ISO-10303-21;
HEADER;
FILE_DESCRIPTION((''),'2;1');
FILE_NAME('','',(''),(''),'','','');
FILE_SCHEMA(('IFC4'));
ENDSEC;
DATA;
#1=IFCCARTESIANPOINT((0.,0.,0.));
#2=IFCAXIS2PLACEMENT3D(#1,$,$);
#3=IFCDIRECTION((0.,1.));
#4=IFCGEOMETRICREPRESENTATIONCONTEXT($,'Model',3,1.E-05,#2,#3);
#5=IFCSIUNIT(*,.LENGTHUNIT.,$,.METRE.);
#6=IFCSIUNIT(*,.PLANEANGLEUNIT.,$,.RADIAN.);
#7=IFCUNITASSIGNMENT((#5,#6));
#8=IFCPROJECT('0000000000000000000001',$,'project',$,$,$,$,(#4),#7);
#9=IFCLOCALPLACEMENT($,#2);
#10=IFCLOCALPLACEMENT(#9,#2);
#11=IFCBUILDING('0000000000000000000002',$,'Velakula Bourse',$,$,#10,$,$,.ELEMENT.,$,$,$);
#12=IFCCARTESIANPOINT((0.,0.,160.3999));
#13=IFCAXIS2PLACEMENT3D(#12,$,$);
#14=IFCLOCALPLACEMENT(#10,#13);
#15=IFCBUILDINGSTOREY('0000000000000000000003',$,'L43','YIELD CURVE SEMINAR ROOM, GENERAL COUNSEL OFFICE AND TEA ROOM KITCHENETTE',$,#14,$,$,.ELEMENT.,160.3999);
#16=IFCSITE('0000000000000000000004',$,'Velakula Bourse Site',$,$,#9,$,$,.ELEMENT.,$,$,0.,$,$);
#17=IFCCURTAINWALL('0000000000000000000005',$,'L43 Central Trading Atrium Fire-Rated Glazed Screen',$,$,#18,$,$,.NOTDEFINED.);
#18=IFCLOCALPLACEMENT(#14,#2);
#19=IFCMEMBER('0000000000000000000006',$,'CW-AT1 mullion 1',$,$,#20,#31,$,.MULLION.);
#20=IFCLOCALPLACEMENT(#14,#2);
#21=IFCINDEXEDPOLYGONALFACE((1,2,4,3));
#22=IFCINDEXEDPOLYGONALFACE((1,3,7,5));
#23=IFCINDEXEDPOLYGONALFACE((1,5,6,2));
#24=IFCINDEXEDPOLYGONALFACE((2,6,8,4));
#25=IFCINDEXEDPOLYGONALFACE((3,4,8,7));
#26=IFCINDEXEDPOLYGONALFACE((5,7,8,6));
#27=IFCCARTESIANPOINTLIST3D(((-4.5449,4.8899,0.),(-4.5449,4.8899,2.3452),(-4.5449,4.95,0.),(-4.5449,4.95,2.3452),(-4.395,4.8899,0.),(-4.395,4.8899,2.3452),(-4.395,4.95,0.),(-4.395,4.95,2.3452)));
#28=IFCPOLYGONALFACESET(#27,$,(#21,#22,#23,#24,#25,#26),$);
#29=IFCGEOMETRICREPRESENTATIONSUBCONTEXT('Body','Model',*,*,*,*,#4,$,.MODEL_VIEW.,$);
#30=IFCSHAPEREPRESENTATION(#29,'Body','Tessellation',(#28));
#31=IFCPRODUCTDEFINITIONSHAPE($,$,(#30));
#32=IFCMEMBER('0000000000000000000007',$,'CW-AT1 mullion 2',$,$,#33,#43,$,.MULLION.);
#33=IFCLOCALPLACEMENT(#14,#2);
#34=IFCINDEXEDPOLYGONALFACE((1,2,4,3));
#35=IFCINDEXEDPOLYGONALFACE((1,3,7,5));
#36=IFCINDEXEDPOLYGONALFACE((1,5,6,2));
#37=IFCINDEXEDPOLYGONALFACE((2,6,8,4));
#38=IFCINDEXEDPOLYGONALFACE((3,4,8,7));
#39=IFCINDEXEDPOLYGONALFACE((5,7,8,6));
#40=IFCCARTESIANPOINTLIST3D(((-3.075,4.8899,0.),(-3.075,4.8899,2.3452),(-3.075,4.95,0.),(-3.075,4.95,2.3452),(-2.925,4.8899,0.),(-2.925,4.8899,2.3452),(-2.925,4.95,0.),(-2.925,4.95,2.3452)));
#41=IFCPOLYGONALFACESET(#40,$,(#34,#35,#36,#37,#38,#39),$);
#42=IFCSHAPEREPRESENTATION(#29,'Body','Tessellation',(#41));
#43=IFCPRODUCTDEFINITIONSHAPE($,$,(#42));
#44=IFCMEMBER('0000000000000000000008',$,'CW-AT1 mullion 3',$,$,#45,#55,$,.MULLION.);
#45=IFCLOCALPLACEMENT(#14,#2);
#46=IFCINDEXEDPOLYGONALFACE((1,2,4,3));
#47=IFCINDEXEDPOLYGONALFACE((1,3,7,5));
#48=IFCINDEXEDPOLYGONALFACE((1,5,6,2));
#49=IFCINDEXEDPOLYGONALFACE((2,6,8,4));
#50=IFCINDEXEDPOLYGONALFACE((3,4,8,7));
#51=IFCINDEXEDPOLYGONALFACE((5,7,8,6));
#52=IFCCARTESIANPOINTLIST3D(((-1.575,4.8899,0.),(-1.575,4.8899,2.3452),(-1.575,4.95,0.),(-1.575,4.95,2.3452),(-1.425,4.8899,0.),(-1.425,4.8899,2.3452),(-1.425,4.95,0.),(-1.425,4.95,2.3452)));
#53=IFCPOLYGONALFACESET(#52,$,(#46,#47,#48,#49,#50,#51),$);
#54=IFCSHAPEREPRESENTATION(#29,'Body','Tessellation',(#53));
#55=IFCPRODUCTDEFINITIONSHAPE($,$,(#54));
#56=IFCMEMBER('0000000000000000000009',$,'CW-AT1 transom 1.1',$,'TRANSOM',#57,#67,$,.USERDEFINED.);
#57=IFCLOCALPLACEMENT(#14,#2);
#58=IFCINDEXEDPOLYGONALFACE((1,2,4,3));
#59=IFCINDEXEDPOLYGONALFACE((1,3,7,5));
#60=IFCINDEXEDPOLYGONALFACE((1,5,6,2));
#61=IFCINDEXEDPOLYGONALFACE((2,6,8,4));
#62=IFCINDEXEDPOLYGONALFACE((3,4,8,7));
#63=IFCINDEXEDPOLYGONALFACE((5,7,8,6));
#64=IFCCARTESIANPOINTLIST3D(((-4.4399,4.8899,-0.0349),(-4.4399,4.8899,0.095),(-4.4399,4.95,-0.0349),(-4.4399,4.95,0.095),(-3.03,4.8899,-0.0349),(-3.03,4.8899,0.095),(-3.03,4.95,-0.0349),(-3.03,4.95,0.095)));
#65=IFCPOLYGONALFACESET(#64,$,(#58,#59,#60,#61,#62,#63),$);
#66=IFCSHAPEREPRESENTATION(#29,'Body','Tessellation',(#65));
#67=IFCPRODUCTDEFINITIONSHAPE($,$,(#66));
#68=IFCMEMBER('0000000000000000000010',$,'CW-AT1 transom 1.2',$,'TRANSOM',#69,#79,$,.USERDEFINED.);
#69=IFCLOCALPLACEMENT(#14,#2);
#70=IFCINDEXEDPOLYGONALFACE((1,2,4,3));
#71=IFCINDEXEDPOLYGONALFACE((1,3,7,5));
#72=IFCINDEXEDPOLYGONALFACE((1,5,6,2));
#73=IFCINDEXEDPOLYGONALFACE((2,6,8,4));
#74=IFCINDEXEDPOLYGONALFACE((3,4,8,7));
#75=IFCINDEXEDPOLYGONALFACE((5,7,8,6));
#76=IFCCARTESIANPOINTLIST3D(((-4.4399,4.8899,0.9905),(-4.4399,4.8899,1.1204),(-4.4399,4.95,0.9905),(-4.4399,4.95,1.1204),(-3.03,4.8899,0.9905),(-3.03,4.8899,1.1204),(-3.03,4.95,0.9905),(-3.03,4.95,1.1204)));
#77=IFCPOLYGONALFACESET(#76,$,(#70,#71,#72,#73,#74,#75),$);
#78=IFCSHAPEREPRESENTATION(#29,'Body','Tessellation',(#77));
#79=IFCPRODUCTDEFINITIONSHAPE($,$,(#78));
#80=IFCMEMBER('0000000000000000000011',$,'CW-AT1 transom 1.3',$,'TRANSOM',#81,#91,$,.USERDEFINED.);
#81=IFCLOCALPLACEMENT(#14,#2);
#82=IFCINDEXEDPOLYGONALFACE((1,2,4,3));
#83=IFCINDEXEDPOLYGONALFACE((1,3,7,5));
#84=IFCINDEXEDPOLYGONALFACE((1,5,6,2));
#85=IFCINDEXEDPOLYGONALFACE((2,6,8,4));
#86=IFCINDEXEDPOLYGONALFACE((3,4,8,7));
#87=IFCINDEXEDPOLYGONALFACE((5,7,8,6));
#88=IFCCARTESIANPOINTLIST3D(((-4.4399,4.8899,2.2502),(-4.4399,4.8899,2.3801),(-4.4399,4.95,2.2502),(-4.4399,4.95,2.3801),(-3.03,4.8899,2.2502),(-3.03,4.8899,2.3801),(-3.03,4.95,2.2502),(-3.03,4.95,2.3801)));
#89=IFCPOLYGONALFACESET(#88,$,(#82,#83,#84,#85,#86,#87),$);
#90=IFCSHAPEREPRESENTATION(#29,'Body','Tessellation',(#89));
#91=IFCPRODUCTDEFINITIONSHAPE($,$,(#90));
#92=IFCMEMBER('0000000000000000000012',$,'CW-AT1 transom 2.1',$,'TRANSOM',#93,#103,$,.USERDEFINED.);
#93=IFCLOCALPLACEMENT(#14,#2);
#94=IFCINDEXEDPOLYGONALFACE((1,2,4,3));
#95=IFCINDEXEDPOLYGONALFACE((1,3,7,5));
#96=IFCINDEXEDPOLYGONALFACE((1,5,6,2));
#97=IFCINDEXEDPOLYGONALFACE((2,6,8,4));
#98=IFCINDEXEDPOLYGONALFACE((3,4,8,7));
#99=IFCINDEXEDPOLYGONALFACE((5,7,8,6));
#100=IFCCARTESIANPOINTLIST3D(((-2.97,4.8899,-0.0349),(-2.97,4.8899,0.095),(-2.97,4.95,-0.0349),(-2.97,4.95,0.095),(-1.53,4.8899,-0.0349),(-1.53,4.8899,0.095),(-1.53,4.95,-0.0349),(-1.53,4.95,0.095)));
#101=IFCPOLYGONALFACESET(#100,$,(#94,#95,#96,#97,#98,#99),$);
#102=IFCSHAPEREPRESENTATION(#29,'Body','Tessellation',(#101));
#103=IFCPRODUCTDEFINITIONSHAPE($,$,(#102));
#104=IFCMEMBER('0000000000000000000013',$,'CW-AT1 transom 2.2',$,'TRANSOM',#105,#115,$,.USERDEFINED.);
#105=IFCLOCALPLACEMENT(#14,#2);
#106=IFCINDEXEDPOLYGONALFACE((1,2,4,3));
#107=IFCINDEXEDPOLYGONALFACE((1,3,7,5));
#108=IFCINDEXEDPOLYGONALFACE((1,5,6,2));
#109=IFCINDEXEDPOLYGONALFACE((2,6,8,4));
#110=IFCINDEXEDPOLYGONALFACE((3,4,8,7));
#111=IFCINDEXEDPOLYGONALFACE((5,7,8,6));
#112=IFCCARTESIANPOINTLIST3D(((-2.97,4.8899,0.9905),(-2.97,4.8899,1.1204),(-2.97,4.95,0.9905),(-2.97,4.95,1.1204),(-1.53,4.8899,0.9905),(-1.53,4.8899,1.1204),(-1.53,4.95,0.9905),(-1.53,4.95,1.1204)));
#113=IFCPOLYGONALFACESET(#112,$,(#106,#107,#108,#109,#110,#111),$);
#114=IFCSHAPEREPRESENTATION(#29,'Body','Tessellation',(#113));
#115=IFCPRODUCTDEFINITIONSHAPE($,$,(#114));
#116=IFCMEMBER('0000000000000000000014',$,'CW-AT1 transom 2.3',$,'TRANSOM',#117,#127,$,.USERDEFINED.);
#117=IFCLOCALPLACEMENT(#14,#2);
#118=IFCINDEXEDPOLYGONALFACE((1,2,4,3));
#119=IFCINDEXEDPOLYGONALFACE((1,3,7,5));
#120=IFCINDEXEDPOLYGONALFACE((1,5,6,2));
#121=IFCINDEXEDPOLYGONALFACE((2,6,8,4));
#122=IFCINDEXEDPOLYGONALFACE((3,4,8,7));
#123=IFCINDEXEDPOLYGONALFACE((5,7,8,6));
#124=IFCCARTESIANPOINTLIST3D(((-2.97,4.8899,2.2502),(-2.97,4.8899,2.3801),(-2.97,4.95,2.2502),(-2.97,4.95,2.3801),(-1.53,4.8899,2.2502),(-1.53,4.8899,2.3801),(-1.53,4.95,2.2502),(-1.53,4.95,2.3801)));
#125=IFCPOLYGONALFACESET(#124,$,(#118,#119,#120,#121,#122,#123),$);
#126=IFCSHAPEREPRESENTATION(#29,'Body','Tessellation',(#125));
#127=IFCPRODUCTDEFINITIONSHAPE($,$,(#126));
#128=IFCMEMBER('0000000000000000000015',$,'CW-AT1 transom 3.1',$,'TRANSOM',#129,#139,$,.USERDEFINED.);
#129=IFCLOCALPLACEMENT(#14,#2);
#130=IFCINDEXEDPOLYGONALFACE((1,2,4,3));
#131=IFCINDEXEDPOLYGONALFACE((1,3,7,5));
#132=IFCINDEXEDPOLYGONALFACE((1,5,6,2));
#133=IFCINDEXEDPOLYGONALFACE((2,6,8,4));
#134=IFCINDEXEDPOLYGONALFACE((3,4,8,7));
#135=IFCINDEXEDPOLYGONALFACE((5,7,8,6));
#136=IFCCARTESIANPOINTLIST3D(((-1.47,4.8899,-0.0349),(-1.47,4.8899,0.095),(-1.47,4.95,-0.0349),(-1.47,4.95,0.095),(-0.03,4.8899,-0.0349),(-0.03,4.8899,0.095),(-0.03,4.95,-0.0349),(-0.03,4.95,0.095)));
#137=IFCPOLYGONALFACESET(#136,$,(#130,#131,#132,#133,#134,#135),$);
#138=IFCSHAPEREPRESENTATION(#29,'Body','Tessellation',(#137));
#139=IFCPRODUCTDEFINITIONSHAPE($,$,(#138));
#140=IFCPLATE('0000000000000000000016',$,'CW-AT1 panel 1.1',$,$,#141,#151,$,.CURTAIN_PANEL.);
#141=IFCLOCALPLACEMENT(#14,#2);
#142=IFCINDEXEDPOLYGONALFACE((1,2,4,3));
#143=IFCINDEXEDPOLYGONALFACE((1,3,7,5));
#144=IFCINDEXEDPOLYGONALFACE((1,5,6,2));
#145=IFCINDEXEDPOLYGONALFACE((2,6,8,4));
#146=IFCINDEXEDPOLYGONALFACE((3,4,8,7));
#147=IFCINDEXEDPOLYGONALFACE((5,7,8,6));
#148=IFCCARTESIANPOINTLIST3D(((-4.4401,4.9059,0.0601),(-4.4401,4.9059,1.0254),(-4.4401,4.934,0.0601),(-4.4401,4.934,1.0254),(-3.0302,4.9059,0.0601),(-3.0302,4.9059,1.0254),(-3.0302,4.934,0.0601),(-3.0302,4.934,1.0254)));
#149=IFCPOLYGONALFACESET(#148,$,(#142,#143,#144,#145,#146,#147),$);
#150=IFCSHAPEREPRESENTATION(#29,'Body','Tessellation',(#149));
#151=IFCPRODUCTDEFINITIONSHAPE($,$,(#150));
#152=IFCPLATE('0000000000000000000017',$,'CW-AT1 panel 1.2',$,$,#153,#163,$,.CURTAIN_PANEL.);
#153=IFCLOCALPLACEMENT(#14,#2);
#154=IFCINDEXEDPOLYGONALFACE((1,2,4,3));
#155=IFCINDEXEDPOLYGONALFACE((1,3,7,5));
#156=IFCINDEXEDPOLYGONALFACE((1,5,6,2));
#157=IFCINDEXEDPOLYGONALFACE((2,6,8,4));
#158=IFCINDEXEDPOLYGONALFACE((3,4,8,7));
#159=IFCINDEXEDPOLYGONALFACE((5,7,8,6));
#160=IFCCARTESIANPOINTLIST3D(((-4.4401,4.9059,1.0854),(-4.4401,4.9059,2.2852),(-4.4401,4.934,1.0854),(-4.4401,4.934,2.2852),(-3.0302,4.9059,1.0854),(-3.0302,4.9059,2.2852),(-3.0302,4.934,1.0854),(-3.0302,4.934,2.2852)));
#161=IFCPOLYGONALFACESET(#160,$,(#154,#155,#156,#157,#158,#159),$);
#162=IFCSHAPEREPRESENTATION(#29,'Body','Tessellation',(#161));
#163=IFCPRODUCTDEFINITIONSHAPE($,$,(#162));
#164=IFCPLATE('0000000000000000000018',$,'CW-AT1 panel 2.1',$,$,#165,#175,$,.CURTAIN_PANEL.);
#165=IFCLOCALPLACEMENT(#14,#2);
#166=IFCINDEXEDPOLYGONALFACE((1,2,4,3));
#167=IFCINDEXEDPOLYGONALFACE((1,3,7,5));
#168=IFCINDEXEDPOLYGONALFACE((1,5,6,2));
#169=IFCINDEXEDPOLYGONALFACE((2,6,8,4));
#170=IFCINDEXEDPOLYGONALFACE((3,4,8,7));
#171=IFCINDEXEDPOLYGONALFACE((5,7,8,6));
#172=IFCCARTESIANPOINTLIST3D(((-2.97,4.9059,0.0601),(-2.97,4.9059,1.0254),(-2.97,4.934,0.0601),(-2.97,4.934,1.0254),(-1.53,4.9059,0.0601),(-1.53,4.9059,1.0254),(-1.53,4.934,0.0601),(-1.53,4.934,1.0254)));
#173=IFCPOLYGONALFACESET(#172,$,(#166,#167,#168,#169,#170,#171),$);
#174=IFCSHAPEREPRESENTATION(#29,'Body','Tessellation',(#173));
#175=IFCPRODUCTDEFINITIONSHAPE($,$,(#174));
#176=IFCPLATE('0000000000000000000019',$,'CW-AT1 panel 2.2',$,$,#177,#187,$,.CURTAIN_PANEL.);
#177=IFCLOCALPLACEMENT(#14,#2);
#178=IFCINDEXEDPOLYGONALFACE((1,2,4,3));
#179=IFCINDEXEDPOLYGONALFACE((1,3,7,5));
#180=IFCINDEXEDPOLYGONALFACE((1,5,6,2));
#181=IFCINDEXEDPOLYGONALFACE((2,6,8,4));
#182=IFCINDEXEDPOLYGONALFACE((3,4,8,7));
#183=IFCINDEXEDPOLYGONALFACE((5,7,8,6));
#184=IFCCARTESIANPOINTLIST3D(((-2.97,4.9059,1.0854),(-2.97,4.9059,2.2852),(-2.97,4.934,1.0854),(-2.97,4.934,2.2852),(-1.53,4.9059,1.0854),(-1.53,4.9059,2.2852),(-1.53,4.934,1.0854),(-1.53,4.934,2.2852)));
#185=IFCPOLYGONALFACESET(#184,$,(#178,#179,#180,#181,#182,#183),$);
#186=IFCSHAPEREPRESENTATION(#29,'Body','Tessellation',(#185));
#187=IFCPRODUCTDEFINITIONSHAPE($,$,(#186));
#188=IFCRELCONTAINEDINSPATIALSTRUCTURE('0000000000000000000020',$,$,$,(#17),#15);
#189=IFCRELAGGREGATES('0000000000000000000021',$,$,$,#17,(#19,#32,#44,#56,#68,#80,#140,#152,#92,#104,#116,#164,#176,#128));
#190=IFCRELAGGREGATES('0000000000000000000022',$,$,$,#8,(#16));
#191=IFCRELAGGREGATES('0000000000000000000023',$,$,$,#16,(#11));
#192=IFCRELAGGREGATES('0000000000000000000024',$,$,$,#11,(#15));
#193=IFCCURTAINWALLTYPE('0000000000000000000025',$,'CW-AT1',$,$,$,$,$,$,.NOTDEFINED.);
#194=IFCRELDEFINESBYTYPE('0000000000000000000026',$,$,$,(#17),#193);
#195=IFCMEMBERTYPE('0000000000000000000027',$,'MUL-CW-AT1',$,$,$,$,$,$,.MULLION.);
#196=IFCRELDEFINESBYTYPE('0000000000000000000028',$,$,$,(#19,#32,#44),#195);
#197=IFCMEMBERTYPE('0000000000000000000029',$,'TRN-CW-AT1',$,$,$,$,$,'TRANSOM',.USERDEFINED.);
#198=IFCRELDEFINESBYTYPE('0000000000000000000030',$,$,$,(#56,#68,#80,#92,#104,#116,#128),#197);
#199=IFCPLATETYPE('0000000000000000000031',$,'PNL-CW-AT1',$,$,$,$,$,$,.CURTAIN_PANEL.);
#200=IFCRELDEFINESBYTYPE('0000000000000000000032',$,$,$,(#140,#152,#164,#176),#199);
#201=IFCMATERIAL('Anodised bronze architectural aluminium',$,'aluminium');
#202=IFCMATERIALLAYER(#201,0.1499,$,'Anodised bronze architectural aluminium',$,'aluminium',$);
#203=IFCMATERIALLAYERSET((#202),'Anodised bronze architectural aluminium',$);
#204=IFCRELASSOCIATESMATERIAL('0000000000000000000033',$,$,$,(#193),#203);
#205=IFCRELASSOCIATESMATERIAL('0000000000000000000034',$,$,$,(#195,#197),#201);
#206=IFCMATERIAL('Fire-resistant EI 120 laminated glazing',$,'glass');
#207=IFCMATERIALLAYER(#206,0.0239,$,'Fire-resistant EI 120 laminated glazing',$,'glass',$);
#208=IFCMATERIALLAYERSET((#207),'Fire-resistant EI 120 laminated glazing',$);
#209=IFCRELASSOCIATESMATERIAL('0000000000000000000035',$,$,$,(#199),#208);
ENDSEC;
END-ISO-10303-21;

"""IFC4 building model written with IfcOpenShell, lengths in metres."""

from ifc_helpers import new_model, si_unit, direction, frame, origin, origin_2d, place, context, subcontext, project, spatial, rectangle, extrude, material, layer, layer_set, material_profile, profile_set, type_object, element, aggregate, save


model = new_model("IFC4")

# Units and contexts
model_context = context("Model", 3, precision=1e-05, world=origin(), true_north=direction((0.0, 1.0)))
body_context = subcontext(model_context, "Body", "Model", "MODEL_VIEW")
ifc_project = project(units=[si_unit("LENGTHUNIT", "METRE"), si_unit("PLANEANGLEUNIT", "RADIAN")], contexts=[model_context])

# Site, building, storey
site_placement = place(None, origin())
site = spatial("IfcSite", under=ifc_project, at=site_placement, Name="Velakula Bourse Site", CompositionType="ELEMENT", RefElevation=0.0)
building_placement = place(site_placement, origin())
building = spatial("IfcBuilding", under=site, at=building_placement, Name="Velakula Bourse", CompositionType="ELEMENT")
storey_placement = place(building_placement, frame((0.0, 0.0, 160.3999)))
storey = spatial("IfcBuildingStorey", under=building, at=storey_placement, Name="L43", Description="YIELD CURVE SEMINAR ROOM, GENERAL COUNSEL OFFICE AND TEA ROOM KITCHENETTE", CompositionType="ELEMENT", Elevation=160.3999)

# Curtain wall, members, plates
ifc_material_1 = material(Name="Anodised bronze architectural aluminium", Category="aluminium")
ifc_layer_1 = layer(ifc_material_1, 0.1499, Name="Anodised bronze architectural aluminium", Category="aluminium")
ifc_layer_set_1 = layer_set([ifc_layer_1], Name="Anodised bronze architectural aluminium")
curtain_wall_type = type_object("IfcCurtainWallType", Name="CW-AT1", PredefinedType="NOTDEFINED", material=ifc_layer_set_1)
curtain_wall_placement = place(storey_placement, origin())
curtain_wall = element("IfcCurtainWall", 1, at=curtain_wall_placement, inside=storey, type_object=curtain_wall_type, Name="L43 Central Trading Atrium Fire-Rated Glazed Screen", PredefinedType="NOTDEFINED")
ifc_material_profile_1 = material_profile(ifc_material_1, rectangle(XDim=0.0601, YDim=0.1499, at=origin_2d()), Name="Anodised bronze architectural aluminium")
ifc_profile_set_1 = profile_set([ifc_material_profile_1], Name="Anodised bronze architectural aluminium")
member_type_1 = type_object("IfcMemberType", Name="MUL-CW-AT1", PredefinedType="MULLION", material=ifc_profile_set_1)
member_1_placement = place(storey_placement, frame((-4.47, 4.9199, 0.0), z_axis=(0.0, 0.0, 1.0), x_axis=(0.0, 1.0, 0.0)))
member_1 = element("IfcMember", 2, at=member_1_placement, type_object=member_type_1, Name="CW-AT1 mullion 1", PredefinedType="MULLION", context=body_context, shape_type="SweptSolid", body=[
    extrude(rectangle(XDim=0.0601, YDim=0.1499, at=origin_2d()), origin(), (0.0, 0.0, 1.0), 2.3452),
])
member_2_placement = place(storey_placement, frame((-3.0, 4.9199, 0.0), z_axis=(0.0, 0.0, 1.0), x_axis=(0.0, 1.0, 0.0)))
member_2 = element("IfcMember", 3, at=member_2_placement, type_object=member_type_1, Name="CW-AT1 mullion 2", PredefinedType="MULLION", context=body_context, shape_type="SweptSolid", body=[
    extrude(rectangle(XDim=0.0601, YDim=0.1499, at=origin_2d()), origin(), (0.0, 0.0, 1.0), 2.3452),
])
member_3_placement = place(storey_placement, frame((-1.5, 4.9199, 0.0), z_axis=(0.0, 0.0, 1.0), x_axis=(0.0, 1.0, 0.0)))
member_3 = element("IfcMember", 4, at=member_3_placement, type_object=member_type_1, Name="CW-AT1 mullion 3", PredefinedType="MULLION", context=body_context, shape_type="SweptSolid", body=[
    extrude(rectangle(XDim=0.0601, YDim=0.1499, at=origin_2d()), origin(), (0.0, 0.0, 1.0), 2.3452),
])
ifc_material_profile_2 = material_profile(ifc_material_1, rectangle(XDim=0.0601, YDim=0.1299, at=origin_2d()), Name="Anodised bronze architectural aluminium")
ifc_profile_set_2 = profile_set([ifc_material_profile_2], Name="Anodised bronze architectural aluminium")
member_type_2 = type_object("IfcMemberType", Name="TRN-CW-AT1", ElementType="TRANSOM", PredefinedType="USERDEFINED", material=ifc_profile_set_2)
member_4_placement = place(storey_placement, frame((-4.4399, 4.9199, 0.03), z_axis=(1.0, 0.0, 0.0), x_axis=(0.0, 1.0, 0.0)))
member_4 = element("IfcMember", 5, at=member_4_placement, type_object=member_type_2, Name="CW-AT1 transom 1.1", ObjectType="TRANSOM", PredefinedType="USERDEFINED", context=body_context, shape_type="SweptSolid", body=[
    extrude(rectangle(XDim=0.0601, YDim=0.1299, at=origin_2d()), origin(), (0.0, 0.0, 1.0), 1.4099),
])
member_5_placement = place(storey_placement, frame((-4.4399, 4.9199, 1.0554), z_axis=(1.0, 0.0, 0.0), x_axis=(0.0, 1.0, 0.0)))
member_5 = element("IfcMember", 6, at=member_5_placement, type_object=member_type_2, Name="CW-AT1 transom 1.2", ObjectType="TRANSOM", PredefinedType="USERDEFINED", context=body_context, shape_type="SweptSolid", body=[
    extrude(rectangle(XDim=0.0601, YDim=0.1299, at=origin_2d()), origin(), (0.0, 0.0, 1.0), 1.4099),
])
member_6_placement = place(storey_placement, frame((-4.4399, 4.9199, 2.3152), z_axis=(1.0, 0.0, 0.0), x_axis=(0.0, 1.0, 0.0)))
member_6 = element("IfcMember", 7, at=member_6_placement, type_object=member_type_2, Name="CW-AT1 transom 1.3", ObjectType="TRANSOM", PredefinedType="USERDEFINED", context=body_context, shape_type="SweptSolid", body=[
    extrude(rectangle(XDim=0.0601, YDim=0.1299, at=origin_2d()), origin(), (0.0, 0.0, 1.0), 1.4099),
])
member_7_placement = place(storey_placement, frame((-2.97, 4.9199, 0.03), z_axis=(1.0, 0.0, 0.0), x_axis=(0.0, 1.0, 0.0)))
member_7 = element("IfcMember", 8, at=member_7_placement, type_object=member_type_2, Name="CW-AT1 transom 2.1", ObjectType="TRANSOM", PredefinedType="USERDEFINED", context=body_context, shape_type="SweptSolid", body=[
    extrude(rectangle(XDim=0.0601, YDim=0.1299, at=origin_2d()), origin(), (0.0, 0.0, 1.0), 1.4399),
])
member_8_placement = place(storey_placement, frame((-2.97, 4.9199, 1.0554), z_axis=(1.0, 0.0, 0.0), x_axis=(0.0, 1.0, 0.0)))
member_8 = element("IfcMember", 9, at=member_8_placement, type_object=member_type_2, Name="CW-AT1 transom 2.2", ObjectType="TRANSOM", PredefinedType="USERDEFINED", context=body_context, shape_type="SweptSolid", body=[
    extrude(rectangle(XDim=0.0601, YDim=0.1299, at=origin_2d()), origin(), (0.0, 0.0, 1.0), 1.4399),
])
member_9_placement = place(storey_placement, frame((-2.97, 4.9199, 2.3152), z_axis=(1.0, 0.0, 0.0), x_axis=(0.0, 1.0, 0.0)))
member_9 = element("IfcMember", 10, at=member_9_placement, type_object=member_type_2, Name="CW-AT1 transom 2.3", ObjectType="TRANSOM", PredefinedType="USERDEFINED", context=body_context, shape_type="SweptSolid", body=[
    extrude(rectangle(XDim=0.0601, YDim=0.1299, at=origin_2d()), origin(), (0.0, 0.0, 1.0), 1.4399),
])
member_10_placement = place(storey_placement, frame((-1.47, 4.9199, 0.03), z_axis=(1.0, 0.0, 0.0), x_axis=(0.0, 1.0, 0.0)))
member_10 = element("IfcMember", 11, at=member_10_placement, type_object=member_type_2, Name="CW-AT1 transom 3.1", ObjectType="TRANSOM", PredefinedType="USERDEFINED", context=body_context, shape_type="SweptSolid", body=[
    extrude(rectangle(XDim=0.0601, YDim=0.1299, at=origin_2d()), origin(), (0.0, 0.0, 1.0), 1.4399),
])
ifc_material_2 = material(Name="Fire-resistant EI 120 laminated glazing", Category="glass")
ifc_layer_2 = layer(ifc_material_2, 0.0239, Name="Fire-resistant EI 120 laminated glazing", Category="glass")
ifc_layer_set_2 = layer_set([ifc_layer_2], Name="Fire-resistant EI 120 laminated glazing")
plate_type = type_object("IfcPlateType", Name="PNL-CW-AT1", PredefinedType="CURTAIN_PANEL", material=ifc_layer_set_2)
plate_1_placement = place(storey_placement, frame((-3.7351, 4.9199, 0.0601), z_axis=(0.0, 0.0, 1.0), x_axis=(1.0, 0.0, 0.0)))
plate_1 = element("IfcPlate", 12, at=plate_1_placement, type_object=plate_type, Name="CW-AT1 panel 1.1", PredefinedType="CURTAIN_PANEL", context=body_context, shape_type="SweptSolid", body=[
    extrude(rectangle(XDim=1.4099, YDim=0.0281, at=origin_2d()), origin(), (0.0, 0.0, 1.0), 0.9653),
])
plate_2_placement = place(storey_placement, frame((-3.7351, 4.9199, 1.0854), z_axis=(0.0, 0.0, 1.0), x_axis=(1.0, 0.0, 0.0)))
plate_2 = element("IfcPlate", 13, at=plate_2_placement, type_object=plate_type, Name="CW-AT1 panel 1.2", PredefinedType="CURTAIN_PANEL", context=body_context, shape_type="SweptSolid", body=[
    extrude(rectangle(XDim=1.4099, YDim=0.0281, at=origin_2d()), origin(), (0.0, 0.0, 1.0), 1.1997),
])
plate_3_placement = place(storey_placement, frame((-2.25, 4.9199, 0.0601), z_axis=(0.0, 0.0, 1.0), x_axis=(1.0, 0.0, 0.0)))
plate_3 = element("IfcPlate", 14, at=plate_3_placement, type_object=plate_type, Name="CW-AT1 panel 2.1", PredefinedType="CURTAIN_PANEL", context=body_context, shape_type="SweptSolid", body=[
    extrude(rectangle(XDim=1.4399, YDim=0.0281, at=origin_2d()), origin(), (0.0, 0.0, 1.0), 0.9653),
])
plate_4_placement = place(storey_placement, frame((-2.25, 4.9199, 1.0854), z_axis=(0.0, 0.0, 1.0), x_axis=(1.0, 0.0, 0.0)))
plate_4 = element("IfcPlate", 15, at=plate_4_placement, type_object=plate_type, Name="CW-AT1 panel 2.2", PredefinedType="CURTAIN_PANEL", context=body_context, shape_type="SweptSolid", body=[
    extrude(rectangle(XDim=1.4399, YDim=0.0281, at=origin_2d()), origin(), (0.0, 0.0, 1.0), 1.1997),
])
aggregate(curtain_wall, [member_1, member_2, member_3, member_4, member_5, member_6, plate_1, plate_2, member_7, member_8, member_9, plate_3, plate_4, member_10])

save(model, "model.ifc")
